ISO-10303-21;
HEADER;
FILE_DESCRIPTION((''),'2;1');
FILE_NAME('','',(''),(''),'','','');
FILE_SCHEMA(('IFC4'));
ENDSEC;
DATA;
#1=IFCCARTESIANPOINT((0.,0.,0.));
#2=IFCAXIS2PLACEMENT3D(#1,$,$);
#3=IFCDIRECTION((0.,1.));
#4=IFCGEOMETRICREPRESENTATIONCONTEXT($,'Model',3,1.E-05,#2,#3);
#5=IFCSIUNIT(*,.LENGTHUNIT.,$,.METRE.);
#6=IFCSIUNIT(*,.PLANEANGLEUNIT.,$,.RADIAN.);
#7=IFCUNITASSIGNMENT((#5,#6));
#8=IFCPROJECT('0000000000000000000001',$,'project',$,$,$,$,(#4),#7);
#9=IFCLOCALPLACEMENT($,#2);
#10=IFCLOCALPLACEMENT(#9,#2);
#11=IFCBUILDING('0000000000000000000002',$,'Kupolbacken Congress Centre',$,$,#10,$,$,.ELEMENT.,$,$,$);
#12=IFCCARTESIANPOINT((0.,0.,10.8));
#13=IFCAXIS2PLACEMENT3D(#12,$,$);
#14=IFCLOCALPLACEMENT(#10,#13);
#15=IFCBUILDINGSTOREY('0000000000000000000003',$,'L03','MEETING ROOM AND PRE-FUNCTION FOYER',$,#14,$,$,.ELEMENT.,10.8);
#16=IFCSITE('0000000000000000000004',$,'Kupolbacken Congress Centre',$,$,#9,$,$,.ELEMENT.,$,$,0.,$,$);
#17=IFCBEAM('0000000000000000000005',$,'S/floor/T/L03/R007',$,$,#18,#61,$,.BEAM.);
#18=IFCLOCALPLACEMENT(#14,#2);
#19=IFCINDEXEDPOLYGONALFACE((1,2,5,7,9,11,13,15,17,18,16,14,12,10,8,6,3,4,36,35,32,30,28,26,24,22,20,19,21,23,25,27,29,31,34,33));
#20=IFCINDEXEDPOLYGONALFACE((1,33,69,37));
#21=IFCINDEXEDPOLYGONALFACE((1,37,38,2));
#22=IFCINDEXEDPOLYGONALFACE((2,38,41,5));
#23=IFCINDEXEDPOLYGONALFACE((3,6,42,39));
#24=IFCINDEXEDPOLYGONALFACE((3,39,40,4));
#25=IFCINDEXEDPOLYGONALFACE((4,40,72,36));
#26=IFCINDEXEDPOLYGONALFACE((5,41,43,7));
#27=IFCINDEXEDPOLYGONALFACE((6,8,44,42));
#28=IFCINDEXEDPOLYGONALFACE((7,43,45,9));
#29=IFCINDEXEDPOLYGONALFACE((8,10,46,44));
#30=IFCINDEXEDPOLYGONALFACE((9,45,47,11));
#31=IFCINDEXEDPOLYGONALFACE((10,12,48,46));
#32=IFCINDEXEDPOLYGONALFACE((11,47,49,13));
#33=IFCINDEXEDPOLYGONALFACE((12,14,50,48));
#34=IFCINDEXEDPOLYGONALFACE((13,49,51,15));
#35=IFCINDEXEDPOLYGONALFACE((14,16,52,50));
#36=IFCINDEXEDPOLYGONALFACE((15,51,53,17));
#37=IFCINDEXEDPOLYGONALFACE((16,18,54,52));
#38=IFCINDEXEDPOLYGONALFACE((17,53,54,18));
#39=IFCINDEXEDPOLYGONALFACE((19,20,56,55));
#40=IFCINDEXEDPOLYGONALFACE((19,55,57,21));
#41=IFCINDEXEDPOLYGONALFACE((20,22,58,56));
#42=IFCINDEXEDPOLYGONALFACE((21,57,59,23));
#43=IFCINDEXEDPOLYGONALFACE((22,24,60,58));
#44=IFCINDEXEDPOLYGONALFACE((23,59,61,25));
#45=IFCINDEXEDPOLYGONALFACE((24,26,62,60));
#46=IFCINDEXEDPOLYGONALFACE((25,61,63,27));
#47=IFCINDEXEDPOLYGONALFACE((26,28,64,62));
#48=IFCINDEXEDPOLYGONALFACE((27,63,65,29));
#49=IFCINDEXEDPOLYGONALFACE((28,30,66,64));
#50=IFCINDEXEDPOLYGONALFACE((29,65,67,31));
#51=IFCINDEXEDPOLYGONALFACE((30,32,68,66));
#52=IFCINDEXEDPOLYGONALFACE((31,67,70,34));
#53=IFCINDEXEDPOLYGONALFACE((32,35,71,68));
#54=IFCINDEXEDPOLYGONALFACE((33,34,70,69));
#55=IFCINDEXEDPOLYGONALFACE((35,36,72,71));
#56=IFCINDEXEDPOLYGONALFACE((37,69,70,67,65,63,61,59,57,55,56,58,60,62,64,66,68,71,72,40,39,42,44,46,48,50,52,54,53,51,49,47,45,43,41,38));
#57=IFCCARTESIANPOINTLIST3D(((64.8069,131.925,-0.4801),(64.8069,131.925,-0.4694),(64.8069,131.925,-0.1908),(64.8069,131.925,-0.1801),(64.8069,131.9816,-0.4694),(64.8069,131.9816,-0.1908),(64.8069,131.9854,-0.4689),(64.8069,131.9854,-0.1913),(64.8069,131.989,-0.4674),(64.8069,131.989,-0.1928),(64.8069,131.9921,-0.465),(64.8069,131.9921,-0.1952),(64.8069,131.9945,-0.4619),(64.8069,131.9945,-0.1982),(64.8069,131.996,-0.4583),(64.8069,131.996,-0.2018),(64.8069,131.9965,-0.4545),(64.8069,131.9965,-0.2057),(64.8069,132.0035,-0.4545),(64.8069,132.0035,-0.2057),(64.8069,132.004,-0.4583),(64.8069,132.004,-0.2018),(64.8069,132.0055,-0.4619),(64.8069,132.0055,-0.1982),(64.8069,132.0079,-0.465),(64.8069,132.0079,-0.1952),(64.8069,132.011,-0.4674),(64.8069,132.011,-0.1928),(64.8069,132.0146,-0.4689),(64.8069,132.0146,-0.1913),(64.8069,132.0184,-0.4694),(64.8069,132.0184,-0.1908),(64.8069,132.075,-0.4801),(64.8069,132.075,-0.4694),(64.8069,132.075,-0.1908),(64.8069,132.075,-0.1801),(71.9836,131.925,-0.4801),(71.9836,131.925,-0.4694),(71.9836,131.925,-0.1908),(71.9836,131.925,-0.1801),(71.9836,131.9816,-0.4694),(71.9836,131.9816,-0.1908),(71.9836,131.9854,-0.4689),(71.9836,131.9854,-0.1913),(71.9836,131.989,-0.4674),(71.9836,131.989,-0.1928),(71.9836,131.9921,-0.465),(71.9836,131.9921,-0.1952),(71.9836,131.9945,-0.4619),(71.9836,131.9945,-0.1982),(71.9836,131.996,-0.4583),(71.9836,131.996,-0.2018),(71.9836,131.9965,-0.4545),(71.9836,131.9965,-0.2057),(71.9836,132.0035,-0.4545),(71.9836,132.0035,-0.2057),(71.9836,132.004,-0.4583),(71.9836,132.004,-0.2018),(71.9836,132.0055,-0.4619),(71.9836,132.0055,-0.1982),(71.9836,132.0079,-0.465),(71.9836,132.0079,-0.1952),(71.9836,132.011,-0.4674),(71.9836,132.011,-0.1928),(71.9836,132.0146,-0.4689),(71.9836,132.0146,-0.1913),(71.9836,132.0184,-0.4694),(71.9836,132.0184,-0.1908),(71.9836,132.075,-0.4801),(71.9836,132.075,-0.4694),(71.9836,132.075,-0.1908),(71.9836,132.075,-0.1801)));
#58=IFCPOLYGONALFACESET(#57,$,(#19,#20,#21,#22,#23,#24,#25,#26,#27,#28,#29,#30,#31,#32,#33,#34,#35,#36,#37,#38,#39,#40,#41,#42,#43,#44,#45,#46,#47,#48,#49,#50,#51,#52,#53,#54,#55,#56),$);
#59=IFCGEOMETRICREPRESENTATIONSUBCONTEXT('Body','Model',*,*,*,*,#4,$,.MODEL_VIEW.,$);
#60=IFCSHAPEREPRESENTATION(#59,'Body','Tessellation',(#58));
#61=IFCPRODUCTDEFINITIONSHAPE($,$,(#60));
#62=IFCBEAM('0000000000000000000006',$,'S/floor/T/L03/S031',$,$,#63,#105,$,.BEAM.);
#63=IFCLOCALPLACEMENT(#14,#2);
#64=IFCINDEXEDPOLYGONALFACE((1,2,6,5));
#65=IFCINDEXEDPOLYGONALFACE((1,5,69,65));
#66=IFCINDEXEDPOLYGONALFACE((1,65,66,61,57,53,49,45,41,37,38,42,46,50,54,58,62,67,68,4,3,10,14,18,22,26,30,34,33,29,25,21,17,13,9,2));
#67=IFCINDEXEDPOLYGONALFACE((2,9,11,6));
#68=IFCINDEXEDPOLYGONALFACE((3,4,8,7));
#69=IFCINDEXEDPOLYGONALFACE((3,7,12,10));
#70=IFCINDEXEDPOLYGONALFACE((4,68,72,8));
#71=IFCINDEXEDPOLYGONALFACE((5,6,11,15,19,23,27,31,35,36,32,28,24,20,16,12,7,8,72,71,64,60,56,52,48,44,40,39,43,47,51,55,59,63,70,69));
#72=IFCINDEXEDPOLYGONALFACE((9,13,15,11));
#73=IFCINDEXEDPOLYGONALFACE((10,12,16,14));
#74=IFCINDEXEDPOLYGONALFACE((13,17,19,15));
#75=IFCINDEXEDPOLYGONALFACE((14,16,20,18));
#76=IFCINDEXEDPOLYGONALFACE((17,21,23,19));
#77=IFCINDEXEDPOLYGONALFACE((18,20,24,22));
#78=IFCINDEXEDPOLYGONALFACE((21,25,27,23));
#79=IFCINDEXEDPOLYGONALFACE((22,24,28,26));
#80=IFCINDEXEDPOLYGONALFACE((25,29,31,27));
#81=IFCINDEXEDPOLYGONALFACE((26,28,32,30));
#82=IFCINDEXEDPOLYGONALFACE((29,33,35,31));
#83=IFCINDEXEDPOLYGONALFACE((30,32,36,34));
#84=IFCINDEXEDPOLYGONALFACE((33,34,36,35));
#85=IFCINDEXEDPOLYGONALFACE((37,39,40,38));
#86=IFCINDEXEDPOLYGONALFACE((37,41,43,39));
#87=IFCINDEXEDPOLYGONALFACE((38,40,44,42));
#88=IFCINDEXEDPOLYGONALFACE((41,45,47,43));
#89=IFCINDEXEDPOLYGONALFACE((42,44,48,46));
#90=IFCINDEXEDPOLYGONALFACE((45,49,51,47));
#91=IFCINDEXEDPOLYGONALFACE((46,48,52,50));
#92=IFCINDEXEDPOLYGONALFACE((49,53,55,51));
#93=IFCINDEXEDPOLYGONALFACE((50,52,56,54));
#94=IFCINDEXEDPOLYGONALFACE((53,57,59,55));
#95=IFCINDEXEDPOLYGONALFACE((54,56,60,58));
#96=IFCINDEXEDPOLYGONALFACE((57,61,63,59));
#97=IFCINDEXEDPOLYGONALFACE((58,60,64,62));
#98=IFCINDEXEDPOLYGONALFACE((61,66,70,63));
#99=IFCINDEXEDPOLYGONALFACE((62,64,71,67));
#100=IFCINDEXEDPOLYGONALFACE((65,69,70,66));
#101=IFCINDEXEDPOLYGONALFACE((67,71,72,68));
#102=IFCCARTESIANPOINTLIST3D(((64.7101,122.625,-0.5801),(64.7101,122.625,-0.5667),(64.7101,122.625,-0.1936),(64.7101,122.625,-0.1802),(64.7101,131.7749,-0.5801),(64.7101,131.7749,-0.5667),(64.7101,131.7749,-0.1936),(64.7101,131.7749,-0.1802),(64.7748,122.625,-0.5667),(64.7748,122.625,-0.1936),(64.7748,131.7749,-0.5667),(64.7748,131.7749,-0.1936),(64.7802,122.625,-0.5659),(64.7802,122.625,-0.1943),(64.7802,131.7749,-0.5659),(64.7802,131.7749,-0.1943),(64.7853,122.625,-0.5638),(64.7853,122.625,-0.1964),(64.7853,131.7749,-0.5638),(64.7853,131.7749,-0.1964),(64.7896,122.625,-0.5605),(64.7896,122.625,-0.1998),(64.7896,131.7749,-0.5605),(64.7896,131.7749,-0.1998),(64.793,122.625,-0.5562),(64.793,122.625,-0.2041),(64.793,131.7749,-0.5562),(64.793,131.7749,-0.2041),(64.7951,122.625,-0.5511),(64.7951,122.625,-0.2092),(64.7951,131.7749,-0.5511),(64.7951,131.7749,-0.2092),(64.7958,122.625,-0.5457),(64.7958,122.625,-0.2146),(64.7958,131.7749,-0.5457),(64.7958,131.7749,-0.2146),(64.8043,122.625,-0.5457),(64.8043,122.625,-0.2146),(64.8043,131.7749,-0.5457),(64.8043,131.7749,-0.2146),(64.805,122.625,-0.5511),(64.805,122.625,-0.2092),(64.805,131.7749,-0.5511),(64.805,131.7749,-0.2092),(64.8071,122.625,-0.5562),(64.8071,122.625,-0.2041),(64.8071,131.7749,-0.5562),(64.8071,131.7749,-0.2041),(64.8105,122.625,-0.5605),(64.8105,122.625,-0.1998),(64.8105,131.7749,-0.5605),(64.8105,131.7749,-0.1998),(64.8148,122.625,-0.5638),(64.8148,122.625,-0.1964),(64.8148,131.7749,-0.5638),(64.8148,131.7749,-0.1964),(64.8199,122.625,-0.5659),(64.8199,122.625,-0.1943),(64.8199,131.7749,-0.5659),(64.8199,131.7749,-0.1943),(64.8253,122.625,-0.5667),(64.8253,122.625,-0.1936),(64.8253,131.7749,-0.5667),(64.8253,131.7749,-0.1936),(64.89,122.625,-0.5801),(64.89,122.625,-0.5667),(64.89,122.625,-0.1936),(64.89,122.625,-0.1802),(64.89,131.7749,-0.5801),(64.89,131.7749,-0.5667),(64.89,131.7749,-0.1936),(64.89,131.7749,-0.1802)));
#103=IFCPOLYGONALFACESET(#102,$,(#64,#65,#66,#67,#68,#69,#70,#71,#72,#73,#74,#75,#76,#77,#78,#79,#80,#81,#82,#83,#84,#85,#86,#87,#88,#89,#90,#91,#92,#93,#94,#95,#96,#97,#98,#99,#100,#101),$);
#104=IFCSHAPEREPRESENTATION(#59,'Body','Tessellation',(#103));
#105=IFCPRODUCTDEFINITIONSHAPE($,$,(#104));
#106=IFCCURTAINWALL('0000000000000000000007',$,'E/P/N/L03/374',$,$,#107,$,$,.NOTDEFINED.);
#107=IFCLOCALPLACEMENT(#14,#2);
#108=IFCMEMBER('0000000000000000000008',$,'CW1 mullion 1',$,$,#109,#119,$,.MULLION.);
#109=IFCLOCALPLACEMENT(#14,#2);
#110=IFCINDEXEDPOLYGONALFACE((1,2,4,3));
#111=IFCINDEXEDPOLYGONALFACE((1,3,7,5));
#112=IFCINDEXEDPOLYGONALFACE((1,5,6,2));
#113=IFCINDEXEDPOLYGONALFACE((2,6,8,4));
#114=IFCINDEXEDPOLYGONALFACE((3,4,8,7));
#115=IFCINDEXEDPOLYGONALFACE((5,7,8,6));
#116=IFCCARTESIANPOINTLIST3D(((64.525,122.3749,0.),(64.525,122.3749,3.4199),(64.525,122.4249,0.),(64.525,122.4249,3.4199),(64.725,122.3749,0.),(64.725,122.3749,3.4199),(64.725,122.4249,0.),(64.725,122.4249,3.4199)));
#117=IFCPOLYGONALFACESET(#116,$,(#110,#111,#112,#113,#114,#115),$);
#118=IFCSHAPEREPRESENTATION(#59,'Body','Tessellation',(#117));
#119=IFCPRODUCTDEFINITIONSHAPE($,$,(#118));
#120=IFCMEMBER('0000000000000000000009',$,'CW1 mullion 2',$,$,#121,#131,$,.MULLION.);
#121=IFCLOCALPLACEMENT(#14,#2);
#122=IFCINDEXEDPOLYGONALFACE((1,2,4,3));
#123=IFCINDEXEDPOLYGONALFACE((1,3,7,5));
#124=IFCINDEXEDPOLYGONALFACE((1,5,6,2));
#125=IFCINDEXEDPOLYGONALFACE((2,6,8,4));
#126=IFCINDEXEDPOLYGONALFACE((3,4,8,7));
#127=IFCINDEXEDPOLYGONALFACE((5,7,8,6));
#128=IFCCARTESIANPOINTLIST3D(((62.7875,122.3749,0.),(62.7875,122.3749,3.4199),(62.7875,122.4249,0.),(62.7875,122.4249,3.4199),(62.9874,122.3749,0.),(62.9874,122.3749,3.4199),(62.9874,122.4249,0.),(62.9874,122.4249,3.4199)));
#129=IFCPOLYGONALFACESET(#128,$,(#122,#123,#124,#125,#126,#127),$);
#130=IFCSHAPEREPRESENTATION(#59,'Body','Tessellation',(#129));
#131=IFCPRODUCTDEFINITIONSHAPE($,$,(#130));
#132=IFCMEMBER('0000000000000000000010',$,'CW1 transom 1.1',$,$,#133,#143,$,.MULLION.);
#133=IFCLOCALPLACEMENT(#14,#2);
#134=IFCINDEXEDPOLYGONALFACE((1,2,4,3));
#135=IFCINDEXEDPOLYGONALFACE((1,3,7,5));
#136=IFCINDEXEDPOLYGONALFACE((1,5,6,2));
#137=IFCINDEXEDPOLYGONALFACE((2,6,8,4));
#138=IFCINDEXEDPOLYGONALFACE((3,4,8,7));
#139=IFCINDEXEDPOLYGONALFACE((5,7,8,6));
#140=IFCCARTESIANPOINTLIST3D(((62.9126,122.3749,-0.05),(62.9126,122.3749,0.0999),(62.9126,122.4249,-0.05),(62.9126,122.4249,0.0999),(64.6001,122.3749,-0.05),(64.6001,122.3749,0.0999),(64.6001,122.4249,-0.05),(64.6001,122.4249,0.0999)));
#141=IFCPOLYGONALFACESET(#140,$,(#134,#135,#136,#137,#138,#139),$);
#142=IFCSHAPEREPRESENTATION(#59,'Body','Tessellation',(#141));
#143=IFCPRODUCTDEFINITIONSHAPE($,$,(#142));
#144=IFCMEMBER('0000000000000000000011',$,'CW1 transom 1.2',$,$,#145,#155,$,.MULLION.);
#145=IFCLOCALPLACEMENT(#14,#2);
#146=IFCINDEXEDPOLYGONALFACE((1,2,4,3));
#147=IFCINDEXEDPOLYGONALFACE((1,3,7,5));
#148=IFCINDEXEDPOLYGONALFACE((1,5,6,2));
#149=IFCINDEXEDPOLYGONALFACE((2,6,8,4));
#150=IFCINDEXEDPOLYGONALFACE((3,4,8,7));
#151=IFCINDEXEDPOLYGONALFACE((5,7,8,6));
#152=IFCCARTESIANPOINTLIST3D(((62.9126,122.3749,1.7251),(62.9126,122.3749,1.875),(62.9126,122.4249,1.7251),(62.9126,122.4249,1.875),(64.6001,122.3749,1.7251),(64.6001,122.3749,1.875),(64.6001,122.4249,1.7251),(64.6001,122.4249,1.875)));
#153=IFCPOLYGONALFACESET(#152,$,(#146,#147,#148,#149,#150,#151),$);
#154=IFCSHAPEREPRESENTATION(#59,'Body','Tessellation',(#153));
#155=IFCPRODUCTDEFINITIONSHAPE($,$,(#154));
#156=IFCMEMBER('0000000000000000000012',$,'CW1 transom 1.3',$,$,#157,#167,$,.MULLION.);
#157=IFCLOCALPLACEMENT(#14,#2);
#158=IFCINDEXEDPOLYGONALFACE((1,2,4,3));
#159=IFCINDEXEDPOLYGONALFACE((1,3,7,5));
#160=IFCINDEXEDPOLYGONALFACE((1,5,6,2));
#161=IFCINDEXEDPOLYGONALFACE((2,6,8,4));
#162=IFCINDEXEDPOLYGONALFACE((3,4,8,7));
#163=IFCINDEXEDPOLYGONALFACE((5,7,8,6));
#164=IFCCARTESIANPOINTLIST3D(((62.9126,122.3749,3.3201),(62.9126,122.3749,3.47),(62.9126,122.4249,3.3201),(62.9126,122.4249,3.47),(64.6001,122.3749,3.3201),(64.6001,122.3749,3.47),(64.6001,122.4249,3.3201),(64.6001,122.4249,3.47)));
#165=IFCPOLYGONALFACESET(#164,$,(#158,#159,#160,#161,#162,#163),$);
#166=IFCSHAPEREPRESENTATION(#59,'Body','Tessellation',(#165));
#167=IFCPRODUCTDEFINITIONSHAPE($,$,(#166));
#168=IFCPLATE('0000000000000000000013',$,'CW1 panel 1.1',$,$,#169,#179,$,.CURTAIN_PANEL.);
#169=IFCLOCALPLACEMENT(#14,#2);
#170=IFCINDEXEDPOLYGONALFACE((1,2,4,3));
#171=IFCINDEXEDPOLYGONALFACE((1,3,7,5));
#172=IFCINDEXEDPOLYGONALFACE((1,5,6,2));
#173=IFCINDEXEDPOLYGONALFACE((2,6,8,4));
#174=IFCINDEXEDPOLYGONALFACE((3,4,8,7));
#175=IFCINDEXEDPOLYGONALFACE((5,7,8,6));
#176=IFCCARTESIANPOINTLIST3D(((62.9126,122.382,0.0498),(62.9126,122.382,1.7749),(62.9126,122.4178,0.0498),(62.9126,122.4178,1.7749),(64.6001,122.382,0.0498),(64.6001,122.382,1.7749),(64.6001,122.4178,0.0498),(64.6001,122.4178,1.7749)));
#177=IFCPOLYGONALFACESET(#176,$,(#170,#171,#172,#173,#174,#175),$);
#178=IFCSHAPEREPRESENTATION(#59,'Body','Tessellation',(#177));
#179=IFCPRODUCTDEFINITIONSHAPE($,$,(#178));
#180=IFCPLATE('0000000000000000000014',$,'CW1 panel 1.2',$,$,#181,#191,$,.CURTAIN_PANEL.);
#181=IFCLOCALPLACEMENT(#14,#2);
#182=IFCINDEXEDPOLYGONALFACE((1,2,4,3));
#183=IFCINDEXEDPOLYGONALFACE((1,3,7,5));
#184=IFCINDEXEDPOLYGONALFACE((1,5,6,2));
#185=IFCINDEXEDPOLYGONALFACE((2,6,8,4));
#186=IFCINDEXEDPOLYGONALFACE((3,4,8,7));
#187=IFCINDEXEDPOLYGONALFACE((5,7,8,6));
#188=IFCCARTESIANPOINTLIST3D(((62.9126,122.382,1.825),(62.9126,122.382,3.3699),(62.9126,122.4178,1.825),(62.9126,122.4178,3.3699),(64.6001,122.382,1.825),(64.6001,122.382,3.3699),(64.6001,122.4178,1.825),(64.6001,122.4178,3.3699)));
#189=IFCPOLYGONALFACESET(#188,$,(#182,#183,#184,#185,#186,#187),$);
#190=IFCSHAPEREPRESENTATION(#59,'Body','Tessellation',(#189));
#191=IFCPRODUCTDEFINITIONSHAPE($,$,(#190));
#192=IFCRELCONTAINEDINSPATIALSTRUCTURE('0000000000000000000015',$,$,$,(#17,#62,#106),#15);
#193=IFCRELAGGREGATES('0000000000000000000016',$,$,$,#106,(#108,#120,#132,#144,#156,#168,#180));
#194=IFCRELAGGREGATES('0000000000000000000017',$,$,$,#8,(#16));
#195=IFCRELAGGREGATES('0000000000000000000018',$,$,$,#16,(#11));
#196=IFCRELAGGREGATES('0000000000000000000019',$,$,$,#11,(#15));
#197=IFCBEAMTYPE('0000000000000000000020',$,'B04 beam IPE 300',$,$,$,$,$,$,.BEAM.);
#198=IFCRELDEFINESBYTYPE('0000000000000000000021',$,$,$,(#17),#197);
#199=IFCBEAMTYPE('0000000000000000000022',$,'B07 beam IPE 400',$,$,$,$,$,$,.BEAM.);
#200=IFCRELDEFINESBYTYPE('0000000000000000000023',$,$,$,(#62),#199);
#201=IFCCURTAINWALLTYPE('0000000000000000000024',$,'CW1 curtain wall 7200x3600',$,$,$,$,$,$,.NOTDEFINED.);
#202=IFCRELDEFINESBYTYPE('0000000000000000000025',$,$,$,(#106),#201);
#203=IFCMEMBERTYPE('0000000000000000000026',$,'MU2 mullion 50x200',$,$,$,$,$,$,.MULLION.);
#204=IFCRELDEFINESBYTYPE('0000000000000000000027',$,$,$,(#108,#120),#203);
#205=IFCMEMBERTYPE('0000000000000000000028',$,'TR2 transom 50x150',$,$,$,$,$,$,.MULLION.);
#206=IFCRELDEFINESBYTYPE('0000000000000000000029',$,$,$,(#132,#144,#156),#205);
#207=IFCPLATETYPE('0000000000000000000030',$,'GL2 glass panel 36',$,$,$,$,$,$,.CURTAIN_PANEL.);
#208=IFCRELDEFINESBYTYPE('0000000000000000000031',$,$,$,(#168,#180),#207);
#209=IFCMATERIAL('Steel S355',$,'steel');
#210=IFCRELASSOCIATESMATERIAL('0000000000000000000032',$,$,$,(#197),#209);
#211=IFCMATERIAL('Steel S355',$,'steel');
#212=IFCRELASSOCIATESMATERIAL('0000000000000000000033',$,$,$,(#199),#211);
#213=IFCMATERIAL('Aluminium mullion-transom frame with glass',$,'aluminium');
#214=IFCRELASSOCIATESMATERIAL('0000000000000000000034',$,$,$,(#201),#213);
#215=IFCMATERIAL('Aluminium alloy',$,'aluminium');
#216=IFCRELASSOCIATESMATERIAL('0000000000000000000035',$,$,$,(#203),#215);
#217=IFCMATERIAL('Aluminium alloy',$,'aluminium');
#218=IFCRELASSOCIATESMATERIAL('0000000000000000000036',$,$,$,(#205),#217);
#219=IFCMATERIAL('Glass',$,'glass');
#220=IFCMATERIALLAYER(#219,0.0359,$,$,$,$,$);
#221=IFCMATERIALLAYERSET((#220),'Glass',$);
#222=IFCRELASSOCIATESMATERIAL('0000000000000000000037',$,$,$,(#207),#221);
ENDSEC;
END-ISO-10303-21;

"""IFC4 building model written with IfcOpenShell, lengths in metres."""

from ifc_helpers import new_model, si_unit, direction, frame, origin, origin_2d, place, context, subcontext, project, spatial, rectangle, i_section, extrude, material, layer, layer_set, material_profile, profile_set, type_object, element, aggregate, save


model = new_model("IFC4")

# Units and contexts
model_context = context("Model", 3, precision=1e-05, world=origin(), true_north=direction((0.0, 1.0)))
body_context = subcontext(model_context, "Body", "Model", "MODEL_VIEW")
ifc_project = project(units=[si_unit("LENGTHUNIT", "METRE"), si_unit("PLANEANGLEUNIT", "RADIAN")], contexts=[model_context])

# Site, building, storey
site_placement = place(None, origin())
site = spatial("IfcSite", under=ifc_project, at=site_placement, Name="Kupolbacken Congress Centre", CompositionType="ELEMENT", RefElevation=0.0)
building_placement = place(site_placement, origin())
building = spatial("IfcBuilding", under=site, at=building_placement, Name="Kupolbacken Congress Centre", CompositionType="ELEMENT")
storey_placement = place(building_placement, frame((0.0, 0.0, 10.8)))
storey = spatial("IfcBuildingStorey", under=building, at=storey_placement, Name="L03", Description="MEETING ROOM AND PRE-FUNCTION FOYER", CompositionType="ELEMENT", Elevation=10.8)

# Beams
ifc_material_1 = material(Name="Steel S355", Category="steel")
ifc_material_profile_1 = material_profile(ifc_material_1, i_section(OverallWidth=0.1499, OverallDepth=0.3, WebThickness=0.0071, FlangeThickness=0.0107, FilletRadius=0.0149, at=origin_2d()), Name="IPE 300")
ifc_profile_set_1 = profile_set([ifc_material_profile_1], Name="Steel S355")
beam_type_1 = type_object("IfcBeamType", Name="B04 beam IPE 300", PredefinedType="BEAM", material=ifc_profile_set_1)
beam_1_placement = place(storey_placement, frame((64.8069, 132.0, -0.3301), z_axis=(1.0, 0.0, 0.0), x_axis=(0.0, 1.0, 0.0)))
element("IfcBeam", 1, at=beam_1_placement, inside=storey, type_object=beam_type_1, Name="S/floor/T/L03/R007", PredefinedType="BEAM", context=body_context, shape_type="SweptSolid", body=[
    extrude(i_section(OverallWidth=0.1499, OverallDepth=0.3, WebThickness=0.0071, FlangeThickness=0.0107, FilletRadius=0.0149, at=origin_2d()), origin(), (0.0, 0.0, 1.0), 7.1768),
])
ifc_material_2 = material(Name="Steel S355", Category="steel")
ifc_material_profile_2 = material_profile(ifc_material_2, i_section(OverallWidth=0.1799, OverallDepth=0.3999, WebThickness=0.0085, FlangeThickness=0.0134, FilletRadius=0.021, at=origin_2d()), Name="IPE 400")
ifc_profile_set_2 = profile_set([ifc_material_profile_2], Name="Steel S355")
beam_type_2 = type_object("IfcBeamType", Name="B07 beam IPE 400", PredefinedType="BEAM", material=ifc_profile_set_2)
beam_2_placement = place(storey_placement, frame((64.8, 122.625, -0.3801), z_axis=(0.0, 1.0, 0.0), x_axis=(-1.0, 0.0, 0.0)))
element("IfcBeam", 2, at=beam_2_placement, inside=storey, type_object=beam_type_2, Name="S/floor/T/L03/S031", PredefinedType="BEAM", context=body_context, shape_type="SweptSolid", body=[
    extrude(i_section(OverallWidth=0.1799, OverallDepth=0.3999, WebThickness=0.0085, FlangeThickness=0.0134, FilletRadius=0.021, at=origin_2d()), origin(), (0.0, 0.0, 1.0), 9.1499),
])

# Curtain wall, members, plates
ifc_material_3 = material(Name="Aluminium mullion-transom frame with glass", Category="aluminium")
curtain_wall_type = type_object("IfcCurtainWallType", Name="CW1 curtain wall 7200x3600", PredefinedType="NOTDEFINED", material=ifc_material_3)
curtain_wall_placement = place(storey_placement, origin())
curtain_wall = element("IfcCurtainWall", 3, at=curtain_wall_placement, inside=storey, type_object=curtain_wall_type, Name="E/P/N/L03/374", PredefinedType="NOTDEFINED")
ifc_material_4 = material(Name="Aluminium alloy", Category="aluminium")
ifc_material_profile_3 = material_profile(ifc_material_4, rectangle(XDim=0.05, YDim=0.2, at=origin_2d()), Name="50 x 200")
ifc_profile_set_3 = profile_set([ifc_material_profile_3], Name="Aluminium alloy")
member_type_1 = type_object("IfcMemberType", Name="MU2 mullion 50x200", PredefinedType="MULLION", material=ifc_profile_set_3)
member_1_placement = place(storey_placement, frame((64.625, 122.3999, 0.0), z_axis=(0.0, 0.0, 1.0), x_axis=(0.0, -1.0, 0.0)))
member_1 = element("IfcMember", 4, at=member_1_placement, type_object=member_type_1, Name="CW1 mullion 1", PredefinedType="MULLION", context=body_context, shape_type="SweptSolid", body=[
    extrude(rectangle(XDim=0.05, YDim=0.2, at=origin_2d()), origin(), (0.0, 0.0, 1.0), 3.4199),
])
member_2_placement = place(storey_placement, frame((62.8875, 122.3999, 0.0), z_axis=(0.0, 0.0, 1.0), x_axis=(0.0, -1.0, 0.0)))
member_2 = element("IfcMember", 5, at=member_2_placement, type_object=member_type_1, Name="CW1 mullion 2", PredefinedType="MULLION", context=body_context, shape_type="SweptSolid", body=[
    extrude(rectangle(XDim=0.05, YDim=0.2, at=origin_2d()), origin(), (0.0, 0.0, 1.0), 3.4199),
])
ifc_material_5 = material(Name="Aluminium alloy", Category="aluminium")
ifc_material_profile_4 = material_profile(ifc_material_5, rectangle(XDim=0.05, YDim=0.1499, at=origin_2d()), Name="50 x 150")
ifc_profile_set_4 = profile_set([ifc_material_profile_4], Name="Aluminium alloy")
member_type_2 = type_object("IfcMemberType", Name="TR2 transom 50x150", PredefinedType="MULLION", material=ifc_profile_set_4)
member_3_placement = place(storey_placement, frame((64.6001, 122.3999, 0.0249), z_axis=(-1.0, 0.0, 0.0), x_axis=(0.0, -1.0, 0.0)))
member_3 = element("IfcMember", 6, at=member_3_placement, type_object=member_type_2, Name="CW1 transom 1.1", PredefinedType="MULLION", context=body_context, shape_type="SweptSolid", body=[
    extrude(rectangle(XDim=0.05, YDim=0.1499, at=origin_2d()), origin(), (0.0, 0.0, 1.0), 1.6875),
])
member_4_placement = place(storey_placement, frame((64.6001, 122.3999, 1.8), z_axis=(-1.0, 0.0, 0.0), x_axis=(0.0, -1.0, 0.0)))
member_4 = element("IfcMember", 7, at=member_4_placement, type_object=member_type_2, Name="CW1 transom 1.2", PredefinedType="MULLION", context=body_context, shape_type="SweptSolid", body=[
    extrude(rectangle(XDim=0.05, YDim=0.1499, at=origin_2d()), origin(), (0.0, 0.0, 1.0), 1.6875),
])
member_5_placement = place(storey_placement, frame((64.6001, 122.3999, 3.395), z_axis=(-1.0, 0.0, 0.0), x_axis=(0.0, -1.0, 0.0)))
member_5 = element("IfcMember", 8, at=member_5_placement, type_object=member_type_2, Name="CW1 transom 1.3", PredefinedType="MULLION", context=body_context, shape_type="SweptSolid", body=[
    extrude(rectangle(XDim=0.05, YDim=0.1499, at=origin_2d()), origin(), (0.0, 0.0, 1.0), 1.6875),
])
ifc_material_6 = material(Name="Glass", Category="glass")
ifc_layer_1 = layer(ifc_material_6, 0.0359)
ifc_layer_set_1 = layer_set([ifc_layer_1], Name="Glass")
plate_type = type_object("IfcPlateType", Name="GL2 glass panel 36", PredefinedType="CURTAIN_PANEL", material=ifc_layer_set_1)
plate_1_placement = place(storey_placement, frame((63.7563, 122.3999, 0.0498), z_axis=(0.0, 0.0, 1.0), x_axis=(-1.0, 0.0, 0.0)))
plate_1 = element("IfcPlate", 9, at=plate_1_placement, type_object=plate_type, Name="CW1 panel 1.1", PredefinedType="CURTAIN_PANEL", context=body_context, shape_type="SweptSolid", body=[
    extrude(rectangle(XDim=1.6875, YDim=0.0359, at=origin_2d()), origin(), (0.0, 0.0, 1.0), 1.7251),
])
plate_2_placement = place(storey_placement, frame((63.7563, 122.3999, 1.825), z_axis=(0.0, 0.0, 1.0), x_axis=(-1.0, 0.0, 0.0)))
plate_2 = element("IfcPlate", 10, at=plate_2_placement, type_object=plate_type, Name="CW1 panel 1.2", PredefinedType="CURTAIN_PANEL", context=body_context, shape_type="SweptSolid", body=[
    extrude(rectangle(XDim=1.6875, YDim=0.0359, at=origin_2d()), origin(), (0.0, 0.0, 1.0), 1.5449),
])
aggregate(curtain_wall, [member_1, member_2, member_3, member_4, member_5, plate_1, plate_2])

save(model, "model.ifc")
